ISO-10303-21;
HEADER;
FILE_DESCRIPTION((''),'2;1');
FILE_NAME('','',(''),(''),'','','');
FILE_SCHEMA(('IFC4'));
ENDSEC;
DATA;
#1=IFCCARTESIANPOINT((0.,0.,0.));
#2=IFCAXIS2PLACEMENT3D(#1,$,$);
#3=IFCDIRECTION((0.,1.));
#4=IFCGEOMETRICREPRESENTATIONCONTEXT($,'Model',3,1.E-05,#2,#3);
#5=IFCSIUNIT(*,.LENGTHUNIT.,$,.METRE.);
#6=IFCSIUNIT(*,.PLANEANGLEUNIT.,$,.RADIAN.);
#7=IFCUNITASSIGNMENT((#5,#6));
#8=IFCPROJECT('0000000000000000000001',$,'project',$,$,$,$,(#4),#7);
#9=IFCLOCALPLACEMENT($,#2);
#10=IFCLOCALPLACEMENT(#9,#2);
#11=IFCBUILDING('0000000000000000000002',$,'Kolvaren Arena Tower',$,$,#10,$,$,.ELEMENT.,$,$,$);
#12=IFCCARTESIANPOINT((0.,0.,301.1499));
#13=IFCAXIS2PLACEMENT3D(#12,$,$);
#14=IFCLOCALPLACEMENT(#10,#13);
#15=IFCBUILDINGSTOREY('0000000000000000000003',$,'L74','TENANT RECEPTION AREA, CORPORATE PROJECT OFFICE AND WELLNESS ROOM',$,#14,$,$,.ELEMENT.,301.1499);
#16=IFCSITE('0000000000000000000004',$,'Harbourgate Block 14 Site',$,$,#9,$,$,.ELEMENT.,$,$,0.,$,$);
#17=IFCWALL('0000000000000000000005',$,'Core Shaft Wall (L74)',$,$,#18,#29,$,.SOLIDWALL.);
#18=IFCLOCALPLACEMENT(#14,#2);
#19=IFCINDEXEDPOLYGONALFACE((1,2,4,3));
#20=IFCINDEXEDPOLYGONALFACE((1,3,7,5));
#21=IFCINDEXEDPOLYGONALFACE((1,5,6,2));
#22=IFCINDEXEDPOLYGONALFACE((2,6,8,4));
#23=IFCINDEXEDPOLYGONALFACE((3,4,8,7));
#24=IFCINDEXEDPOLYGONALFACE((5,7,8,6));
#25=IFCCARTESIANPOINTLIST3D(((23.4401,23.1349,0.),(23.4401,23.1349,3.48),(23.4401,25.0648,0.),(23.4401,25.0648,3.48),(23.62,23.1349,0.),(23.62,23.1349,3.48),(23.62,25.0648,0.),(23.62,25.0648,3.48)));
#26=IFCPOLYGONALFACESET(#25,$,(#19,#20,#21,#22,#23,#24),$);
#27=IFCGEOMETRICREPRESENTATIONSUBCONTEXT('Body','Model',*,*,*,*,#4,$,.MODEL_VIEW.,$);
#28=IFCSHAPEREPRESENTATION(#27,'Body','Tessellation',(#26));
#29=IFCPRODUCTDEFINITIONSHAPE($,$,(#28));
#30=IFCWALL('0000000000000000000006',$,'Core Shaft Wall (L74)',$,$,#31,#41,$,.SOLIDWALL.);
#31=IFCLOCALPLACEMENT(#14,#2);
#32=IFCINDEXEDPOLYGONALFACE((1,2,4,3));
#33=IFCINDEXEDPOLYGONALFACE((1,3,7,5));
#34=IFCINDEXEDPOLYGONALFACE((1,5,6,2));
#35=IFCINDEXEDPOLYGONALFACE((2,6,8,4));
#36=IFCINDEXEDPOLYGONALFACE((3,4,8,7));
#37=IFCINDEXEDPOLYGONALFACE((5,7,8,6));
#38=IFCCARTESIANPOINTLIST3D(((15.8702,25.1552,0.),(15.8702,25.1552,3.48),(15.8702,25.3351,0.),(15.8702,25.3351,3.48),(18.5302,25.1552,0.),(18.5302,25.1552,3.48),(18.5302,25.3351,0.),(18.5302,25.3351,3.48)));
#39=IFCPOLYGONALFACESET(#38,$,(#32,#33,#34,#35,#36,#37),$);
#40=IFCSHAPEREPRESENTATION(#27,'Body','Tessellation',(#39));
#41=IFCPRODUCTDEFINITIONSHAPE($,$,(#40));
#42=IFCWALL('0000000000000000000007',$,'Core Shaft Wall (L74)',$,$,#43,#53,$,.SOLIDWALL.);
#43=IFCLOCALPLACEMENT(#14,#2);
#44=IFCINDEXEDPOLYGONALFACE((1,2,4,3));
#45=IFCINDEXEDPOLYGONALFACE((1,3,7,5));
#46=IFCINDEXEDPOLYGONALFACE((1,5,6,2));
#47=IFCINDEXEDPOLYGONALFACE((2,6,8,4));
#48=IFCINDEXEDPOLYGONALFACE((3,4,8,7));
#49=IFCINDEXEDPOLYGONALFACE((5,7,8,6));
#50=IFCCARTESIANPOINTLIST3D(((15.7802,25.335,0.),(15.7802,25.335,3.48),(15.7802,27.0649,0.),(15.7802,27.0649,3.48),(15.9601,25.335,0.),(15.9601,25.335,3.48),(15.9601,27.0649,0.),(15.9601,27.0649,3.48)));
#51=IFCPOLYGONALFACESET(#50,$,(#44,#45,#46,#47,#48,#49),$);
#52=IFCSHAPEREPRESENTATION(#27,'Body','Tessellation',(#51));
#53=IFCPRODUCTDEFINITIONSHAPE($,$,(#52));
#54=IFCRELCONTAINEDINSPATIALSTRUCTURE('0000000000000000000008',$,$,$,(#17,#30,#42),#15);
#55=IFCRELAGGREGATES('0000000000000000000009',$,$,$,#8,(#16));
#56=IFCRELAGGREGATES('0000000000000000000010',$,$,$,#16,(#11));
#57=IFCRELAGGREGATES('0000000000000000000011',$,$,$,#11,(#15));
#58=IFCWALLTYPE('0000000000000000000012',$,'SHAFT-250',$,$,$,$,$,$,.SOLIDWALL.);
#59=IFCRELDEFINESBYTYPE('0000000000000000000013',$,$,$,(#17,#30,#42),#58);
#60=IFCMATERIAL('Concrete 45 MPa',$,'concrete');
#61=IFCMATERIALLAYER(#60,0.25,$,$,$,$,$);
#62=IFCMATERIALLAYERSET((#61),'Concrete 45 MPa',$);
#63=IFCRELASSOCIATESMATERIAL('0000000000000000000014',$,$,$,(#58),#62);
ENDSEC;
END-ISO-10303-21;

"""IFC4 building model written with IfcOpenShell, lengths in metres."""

from ifc_helpers import new_model, si_unit, direction, frame, frame_2d, origin, place, context, subcontext, project, spatial, rectangle, extrude, material, layer, layer_set, type_object, element, save


model = new_model("IFC4")

# Units and contexts
model_context = context("Model", 3, precision=1e-05, world=origin(), true_north=direction((0.0, 1.0)))
body_context = subcontext(model_context, "Body", "Model", "MODEL_VIEW")
ifc_project = project(units=[si_unit("LENGTHUNIT", "METRE"), si_unit("PLANEANGLEUNIT", "RADIAN")], contexts=[model_context])

# Site, building, storey
site_placement = place(None, origin())
site = spatial("IfcSite", under=ifc_project, at=site_placement, Name="Harbourgate Block 14 Site", CompositionType="ELEMENT", RefElevation=0.0)
building_placement = place(site_placement, origin())
building = spatial("IfcBuilding", under=site, at=building_placement, Name="Kolvaren Arena Tower", CompositionType="ELEMENT")
storey_placement = place(building_placement, frame((0.0, 0.0, 301.1499)))
storey = spatial("IfcBuildingStorey", under=building, at=storey_placement, Name="L74", Description="TENANT RECEPTION AREA, CORPORATE PROJECT OFFICE AND WELLNESS ROOM", CompositionType="ELEMENT", Elevation=301.1499)

# Walls
ifc_material_1 = material(Name="Concrete 45 MPa", Category="concrete")
ifc_layer_1 = layer(ifc_material_1, 0.25)
ifc_layer_set_1 = layer_set([ifc_layer_1], Name="Concrete 45 MPa")
wall_type_1 = type_object("IfcWallType", Name="SHAFT-250", PredefinedType="SOLIDWALL", material=ifc_layer_set_1)
for number, where, z_axis, x_axis, name in (
    (1, (23.53, 23.135, 0.0), (0.0, 0.0, 1.0), (0.0, 1.0, 0.0), "Core Shaft Wall (L74)"),
):
    element("IfcWall", number, at=place(storey_placement, frame(where, z_axis=z_axis, x_axis=x_axis)), inside=storey, type_object=wall_type_1, Name=name, PredefinedType="SOLIDWALL", context=body_context, shape_type="SweptSolid", body=[
        extrude(rectangle(XDim=1.9299, YDim=0.1799, at=frame_2d((0.9648, 0.0))), origin(), (0.0, 0.0, 1.0), 3.48),
    ])
wall_1_placement = place(storey_placement, frame((15.8701, 25.2451, 0.0), z_axis=(0.0, 0.0, 1.0), x_axis=(1.0, 0.0, 0.0)))
element("IfcWall", 2, at=wall_1_placement, inside=storey, type_object=wall_type_1, Name="Core Shaft Wall (L74)", PredefinedType="SOLIDWALL", context=body_context, shape_type="SweptSolid", body=[
    extrude(rectangle(XDim=2.6599, YDim=0.1799, at=frame_2d((1.3301, 0.0))), origin(), (0.0, 0.0, 1.0), 3.48),
])
wall_2_placement = place(storey_placement, frame((15.8701, 25.335, 0.0), z_axis=(0.0, 0.0, 1.0), x_axis=(0.0, 1.0, 0.0)))
element("IfcWall", 3, at=wall_2_placement, inside=storey, type_object=wall_type_1, Name="Core Shaft Wall (L74)", PredefinedType="SOLIDWALL", context=body_context, shape_type="SweptSolid", body=[
    extrude(rectangle(XDim=1.73, YDim=0.1799, at=frame_2d((0.865, 0.0))), origin(), (0.0, 0.0, 1.0), 3.48),
])

save(model, "model.ifc")
